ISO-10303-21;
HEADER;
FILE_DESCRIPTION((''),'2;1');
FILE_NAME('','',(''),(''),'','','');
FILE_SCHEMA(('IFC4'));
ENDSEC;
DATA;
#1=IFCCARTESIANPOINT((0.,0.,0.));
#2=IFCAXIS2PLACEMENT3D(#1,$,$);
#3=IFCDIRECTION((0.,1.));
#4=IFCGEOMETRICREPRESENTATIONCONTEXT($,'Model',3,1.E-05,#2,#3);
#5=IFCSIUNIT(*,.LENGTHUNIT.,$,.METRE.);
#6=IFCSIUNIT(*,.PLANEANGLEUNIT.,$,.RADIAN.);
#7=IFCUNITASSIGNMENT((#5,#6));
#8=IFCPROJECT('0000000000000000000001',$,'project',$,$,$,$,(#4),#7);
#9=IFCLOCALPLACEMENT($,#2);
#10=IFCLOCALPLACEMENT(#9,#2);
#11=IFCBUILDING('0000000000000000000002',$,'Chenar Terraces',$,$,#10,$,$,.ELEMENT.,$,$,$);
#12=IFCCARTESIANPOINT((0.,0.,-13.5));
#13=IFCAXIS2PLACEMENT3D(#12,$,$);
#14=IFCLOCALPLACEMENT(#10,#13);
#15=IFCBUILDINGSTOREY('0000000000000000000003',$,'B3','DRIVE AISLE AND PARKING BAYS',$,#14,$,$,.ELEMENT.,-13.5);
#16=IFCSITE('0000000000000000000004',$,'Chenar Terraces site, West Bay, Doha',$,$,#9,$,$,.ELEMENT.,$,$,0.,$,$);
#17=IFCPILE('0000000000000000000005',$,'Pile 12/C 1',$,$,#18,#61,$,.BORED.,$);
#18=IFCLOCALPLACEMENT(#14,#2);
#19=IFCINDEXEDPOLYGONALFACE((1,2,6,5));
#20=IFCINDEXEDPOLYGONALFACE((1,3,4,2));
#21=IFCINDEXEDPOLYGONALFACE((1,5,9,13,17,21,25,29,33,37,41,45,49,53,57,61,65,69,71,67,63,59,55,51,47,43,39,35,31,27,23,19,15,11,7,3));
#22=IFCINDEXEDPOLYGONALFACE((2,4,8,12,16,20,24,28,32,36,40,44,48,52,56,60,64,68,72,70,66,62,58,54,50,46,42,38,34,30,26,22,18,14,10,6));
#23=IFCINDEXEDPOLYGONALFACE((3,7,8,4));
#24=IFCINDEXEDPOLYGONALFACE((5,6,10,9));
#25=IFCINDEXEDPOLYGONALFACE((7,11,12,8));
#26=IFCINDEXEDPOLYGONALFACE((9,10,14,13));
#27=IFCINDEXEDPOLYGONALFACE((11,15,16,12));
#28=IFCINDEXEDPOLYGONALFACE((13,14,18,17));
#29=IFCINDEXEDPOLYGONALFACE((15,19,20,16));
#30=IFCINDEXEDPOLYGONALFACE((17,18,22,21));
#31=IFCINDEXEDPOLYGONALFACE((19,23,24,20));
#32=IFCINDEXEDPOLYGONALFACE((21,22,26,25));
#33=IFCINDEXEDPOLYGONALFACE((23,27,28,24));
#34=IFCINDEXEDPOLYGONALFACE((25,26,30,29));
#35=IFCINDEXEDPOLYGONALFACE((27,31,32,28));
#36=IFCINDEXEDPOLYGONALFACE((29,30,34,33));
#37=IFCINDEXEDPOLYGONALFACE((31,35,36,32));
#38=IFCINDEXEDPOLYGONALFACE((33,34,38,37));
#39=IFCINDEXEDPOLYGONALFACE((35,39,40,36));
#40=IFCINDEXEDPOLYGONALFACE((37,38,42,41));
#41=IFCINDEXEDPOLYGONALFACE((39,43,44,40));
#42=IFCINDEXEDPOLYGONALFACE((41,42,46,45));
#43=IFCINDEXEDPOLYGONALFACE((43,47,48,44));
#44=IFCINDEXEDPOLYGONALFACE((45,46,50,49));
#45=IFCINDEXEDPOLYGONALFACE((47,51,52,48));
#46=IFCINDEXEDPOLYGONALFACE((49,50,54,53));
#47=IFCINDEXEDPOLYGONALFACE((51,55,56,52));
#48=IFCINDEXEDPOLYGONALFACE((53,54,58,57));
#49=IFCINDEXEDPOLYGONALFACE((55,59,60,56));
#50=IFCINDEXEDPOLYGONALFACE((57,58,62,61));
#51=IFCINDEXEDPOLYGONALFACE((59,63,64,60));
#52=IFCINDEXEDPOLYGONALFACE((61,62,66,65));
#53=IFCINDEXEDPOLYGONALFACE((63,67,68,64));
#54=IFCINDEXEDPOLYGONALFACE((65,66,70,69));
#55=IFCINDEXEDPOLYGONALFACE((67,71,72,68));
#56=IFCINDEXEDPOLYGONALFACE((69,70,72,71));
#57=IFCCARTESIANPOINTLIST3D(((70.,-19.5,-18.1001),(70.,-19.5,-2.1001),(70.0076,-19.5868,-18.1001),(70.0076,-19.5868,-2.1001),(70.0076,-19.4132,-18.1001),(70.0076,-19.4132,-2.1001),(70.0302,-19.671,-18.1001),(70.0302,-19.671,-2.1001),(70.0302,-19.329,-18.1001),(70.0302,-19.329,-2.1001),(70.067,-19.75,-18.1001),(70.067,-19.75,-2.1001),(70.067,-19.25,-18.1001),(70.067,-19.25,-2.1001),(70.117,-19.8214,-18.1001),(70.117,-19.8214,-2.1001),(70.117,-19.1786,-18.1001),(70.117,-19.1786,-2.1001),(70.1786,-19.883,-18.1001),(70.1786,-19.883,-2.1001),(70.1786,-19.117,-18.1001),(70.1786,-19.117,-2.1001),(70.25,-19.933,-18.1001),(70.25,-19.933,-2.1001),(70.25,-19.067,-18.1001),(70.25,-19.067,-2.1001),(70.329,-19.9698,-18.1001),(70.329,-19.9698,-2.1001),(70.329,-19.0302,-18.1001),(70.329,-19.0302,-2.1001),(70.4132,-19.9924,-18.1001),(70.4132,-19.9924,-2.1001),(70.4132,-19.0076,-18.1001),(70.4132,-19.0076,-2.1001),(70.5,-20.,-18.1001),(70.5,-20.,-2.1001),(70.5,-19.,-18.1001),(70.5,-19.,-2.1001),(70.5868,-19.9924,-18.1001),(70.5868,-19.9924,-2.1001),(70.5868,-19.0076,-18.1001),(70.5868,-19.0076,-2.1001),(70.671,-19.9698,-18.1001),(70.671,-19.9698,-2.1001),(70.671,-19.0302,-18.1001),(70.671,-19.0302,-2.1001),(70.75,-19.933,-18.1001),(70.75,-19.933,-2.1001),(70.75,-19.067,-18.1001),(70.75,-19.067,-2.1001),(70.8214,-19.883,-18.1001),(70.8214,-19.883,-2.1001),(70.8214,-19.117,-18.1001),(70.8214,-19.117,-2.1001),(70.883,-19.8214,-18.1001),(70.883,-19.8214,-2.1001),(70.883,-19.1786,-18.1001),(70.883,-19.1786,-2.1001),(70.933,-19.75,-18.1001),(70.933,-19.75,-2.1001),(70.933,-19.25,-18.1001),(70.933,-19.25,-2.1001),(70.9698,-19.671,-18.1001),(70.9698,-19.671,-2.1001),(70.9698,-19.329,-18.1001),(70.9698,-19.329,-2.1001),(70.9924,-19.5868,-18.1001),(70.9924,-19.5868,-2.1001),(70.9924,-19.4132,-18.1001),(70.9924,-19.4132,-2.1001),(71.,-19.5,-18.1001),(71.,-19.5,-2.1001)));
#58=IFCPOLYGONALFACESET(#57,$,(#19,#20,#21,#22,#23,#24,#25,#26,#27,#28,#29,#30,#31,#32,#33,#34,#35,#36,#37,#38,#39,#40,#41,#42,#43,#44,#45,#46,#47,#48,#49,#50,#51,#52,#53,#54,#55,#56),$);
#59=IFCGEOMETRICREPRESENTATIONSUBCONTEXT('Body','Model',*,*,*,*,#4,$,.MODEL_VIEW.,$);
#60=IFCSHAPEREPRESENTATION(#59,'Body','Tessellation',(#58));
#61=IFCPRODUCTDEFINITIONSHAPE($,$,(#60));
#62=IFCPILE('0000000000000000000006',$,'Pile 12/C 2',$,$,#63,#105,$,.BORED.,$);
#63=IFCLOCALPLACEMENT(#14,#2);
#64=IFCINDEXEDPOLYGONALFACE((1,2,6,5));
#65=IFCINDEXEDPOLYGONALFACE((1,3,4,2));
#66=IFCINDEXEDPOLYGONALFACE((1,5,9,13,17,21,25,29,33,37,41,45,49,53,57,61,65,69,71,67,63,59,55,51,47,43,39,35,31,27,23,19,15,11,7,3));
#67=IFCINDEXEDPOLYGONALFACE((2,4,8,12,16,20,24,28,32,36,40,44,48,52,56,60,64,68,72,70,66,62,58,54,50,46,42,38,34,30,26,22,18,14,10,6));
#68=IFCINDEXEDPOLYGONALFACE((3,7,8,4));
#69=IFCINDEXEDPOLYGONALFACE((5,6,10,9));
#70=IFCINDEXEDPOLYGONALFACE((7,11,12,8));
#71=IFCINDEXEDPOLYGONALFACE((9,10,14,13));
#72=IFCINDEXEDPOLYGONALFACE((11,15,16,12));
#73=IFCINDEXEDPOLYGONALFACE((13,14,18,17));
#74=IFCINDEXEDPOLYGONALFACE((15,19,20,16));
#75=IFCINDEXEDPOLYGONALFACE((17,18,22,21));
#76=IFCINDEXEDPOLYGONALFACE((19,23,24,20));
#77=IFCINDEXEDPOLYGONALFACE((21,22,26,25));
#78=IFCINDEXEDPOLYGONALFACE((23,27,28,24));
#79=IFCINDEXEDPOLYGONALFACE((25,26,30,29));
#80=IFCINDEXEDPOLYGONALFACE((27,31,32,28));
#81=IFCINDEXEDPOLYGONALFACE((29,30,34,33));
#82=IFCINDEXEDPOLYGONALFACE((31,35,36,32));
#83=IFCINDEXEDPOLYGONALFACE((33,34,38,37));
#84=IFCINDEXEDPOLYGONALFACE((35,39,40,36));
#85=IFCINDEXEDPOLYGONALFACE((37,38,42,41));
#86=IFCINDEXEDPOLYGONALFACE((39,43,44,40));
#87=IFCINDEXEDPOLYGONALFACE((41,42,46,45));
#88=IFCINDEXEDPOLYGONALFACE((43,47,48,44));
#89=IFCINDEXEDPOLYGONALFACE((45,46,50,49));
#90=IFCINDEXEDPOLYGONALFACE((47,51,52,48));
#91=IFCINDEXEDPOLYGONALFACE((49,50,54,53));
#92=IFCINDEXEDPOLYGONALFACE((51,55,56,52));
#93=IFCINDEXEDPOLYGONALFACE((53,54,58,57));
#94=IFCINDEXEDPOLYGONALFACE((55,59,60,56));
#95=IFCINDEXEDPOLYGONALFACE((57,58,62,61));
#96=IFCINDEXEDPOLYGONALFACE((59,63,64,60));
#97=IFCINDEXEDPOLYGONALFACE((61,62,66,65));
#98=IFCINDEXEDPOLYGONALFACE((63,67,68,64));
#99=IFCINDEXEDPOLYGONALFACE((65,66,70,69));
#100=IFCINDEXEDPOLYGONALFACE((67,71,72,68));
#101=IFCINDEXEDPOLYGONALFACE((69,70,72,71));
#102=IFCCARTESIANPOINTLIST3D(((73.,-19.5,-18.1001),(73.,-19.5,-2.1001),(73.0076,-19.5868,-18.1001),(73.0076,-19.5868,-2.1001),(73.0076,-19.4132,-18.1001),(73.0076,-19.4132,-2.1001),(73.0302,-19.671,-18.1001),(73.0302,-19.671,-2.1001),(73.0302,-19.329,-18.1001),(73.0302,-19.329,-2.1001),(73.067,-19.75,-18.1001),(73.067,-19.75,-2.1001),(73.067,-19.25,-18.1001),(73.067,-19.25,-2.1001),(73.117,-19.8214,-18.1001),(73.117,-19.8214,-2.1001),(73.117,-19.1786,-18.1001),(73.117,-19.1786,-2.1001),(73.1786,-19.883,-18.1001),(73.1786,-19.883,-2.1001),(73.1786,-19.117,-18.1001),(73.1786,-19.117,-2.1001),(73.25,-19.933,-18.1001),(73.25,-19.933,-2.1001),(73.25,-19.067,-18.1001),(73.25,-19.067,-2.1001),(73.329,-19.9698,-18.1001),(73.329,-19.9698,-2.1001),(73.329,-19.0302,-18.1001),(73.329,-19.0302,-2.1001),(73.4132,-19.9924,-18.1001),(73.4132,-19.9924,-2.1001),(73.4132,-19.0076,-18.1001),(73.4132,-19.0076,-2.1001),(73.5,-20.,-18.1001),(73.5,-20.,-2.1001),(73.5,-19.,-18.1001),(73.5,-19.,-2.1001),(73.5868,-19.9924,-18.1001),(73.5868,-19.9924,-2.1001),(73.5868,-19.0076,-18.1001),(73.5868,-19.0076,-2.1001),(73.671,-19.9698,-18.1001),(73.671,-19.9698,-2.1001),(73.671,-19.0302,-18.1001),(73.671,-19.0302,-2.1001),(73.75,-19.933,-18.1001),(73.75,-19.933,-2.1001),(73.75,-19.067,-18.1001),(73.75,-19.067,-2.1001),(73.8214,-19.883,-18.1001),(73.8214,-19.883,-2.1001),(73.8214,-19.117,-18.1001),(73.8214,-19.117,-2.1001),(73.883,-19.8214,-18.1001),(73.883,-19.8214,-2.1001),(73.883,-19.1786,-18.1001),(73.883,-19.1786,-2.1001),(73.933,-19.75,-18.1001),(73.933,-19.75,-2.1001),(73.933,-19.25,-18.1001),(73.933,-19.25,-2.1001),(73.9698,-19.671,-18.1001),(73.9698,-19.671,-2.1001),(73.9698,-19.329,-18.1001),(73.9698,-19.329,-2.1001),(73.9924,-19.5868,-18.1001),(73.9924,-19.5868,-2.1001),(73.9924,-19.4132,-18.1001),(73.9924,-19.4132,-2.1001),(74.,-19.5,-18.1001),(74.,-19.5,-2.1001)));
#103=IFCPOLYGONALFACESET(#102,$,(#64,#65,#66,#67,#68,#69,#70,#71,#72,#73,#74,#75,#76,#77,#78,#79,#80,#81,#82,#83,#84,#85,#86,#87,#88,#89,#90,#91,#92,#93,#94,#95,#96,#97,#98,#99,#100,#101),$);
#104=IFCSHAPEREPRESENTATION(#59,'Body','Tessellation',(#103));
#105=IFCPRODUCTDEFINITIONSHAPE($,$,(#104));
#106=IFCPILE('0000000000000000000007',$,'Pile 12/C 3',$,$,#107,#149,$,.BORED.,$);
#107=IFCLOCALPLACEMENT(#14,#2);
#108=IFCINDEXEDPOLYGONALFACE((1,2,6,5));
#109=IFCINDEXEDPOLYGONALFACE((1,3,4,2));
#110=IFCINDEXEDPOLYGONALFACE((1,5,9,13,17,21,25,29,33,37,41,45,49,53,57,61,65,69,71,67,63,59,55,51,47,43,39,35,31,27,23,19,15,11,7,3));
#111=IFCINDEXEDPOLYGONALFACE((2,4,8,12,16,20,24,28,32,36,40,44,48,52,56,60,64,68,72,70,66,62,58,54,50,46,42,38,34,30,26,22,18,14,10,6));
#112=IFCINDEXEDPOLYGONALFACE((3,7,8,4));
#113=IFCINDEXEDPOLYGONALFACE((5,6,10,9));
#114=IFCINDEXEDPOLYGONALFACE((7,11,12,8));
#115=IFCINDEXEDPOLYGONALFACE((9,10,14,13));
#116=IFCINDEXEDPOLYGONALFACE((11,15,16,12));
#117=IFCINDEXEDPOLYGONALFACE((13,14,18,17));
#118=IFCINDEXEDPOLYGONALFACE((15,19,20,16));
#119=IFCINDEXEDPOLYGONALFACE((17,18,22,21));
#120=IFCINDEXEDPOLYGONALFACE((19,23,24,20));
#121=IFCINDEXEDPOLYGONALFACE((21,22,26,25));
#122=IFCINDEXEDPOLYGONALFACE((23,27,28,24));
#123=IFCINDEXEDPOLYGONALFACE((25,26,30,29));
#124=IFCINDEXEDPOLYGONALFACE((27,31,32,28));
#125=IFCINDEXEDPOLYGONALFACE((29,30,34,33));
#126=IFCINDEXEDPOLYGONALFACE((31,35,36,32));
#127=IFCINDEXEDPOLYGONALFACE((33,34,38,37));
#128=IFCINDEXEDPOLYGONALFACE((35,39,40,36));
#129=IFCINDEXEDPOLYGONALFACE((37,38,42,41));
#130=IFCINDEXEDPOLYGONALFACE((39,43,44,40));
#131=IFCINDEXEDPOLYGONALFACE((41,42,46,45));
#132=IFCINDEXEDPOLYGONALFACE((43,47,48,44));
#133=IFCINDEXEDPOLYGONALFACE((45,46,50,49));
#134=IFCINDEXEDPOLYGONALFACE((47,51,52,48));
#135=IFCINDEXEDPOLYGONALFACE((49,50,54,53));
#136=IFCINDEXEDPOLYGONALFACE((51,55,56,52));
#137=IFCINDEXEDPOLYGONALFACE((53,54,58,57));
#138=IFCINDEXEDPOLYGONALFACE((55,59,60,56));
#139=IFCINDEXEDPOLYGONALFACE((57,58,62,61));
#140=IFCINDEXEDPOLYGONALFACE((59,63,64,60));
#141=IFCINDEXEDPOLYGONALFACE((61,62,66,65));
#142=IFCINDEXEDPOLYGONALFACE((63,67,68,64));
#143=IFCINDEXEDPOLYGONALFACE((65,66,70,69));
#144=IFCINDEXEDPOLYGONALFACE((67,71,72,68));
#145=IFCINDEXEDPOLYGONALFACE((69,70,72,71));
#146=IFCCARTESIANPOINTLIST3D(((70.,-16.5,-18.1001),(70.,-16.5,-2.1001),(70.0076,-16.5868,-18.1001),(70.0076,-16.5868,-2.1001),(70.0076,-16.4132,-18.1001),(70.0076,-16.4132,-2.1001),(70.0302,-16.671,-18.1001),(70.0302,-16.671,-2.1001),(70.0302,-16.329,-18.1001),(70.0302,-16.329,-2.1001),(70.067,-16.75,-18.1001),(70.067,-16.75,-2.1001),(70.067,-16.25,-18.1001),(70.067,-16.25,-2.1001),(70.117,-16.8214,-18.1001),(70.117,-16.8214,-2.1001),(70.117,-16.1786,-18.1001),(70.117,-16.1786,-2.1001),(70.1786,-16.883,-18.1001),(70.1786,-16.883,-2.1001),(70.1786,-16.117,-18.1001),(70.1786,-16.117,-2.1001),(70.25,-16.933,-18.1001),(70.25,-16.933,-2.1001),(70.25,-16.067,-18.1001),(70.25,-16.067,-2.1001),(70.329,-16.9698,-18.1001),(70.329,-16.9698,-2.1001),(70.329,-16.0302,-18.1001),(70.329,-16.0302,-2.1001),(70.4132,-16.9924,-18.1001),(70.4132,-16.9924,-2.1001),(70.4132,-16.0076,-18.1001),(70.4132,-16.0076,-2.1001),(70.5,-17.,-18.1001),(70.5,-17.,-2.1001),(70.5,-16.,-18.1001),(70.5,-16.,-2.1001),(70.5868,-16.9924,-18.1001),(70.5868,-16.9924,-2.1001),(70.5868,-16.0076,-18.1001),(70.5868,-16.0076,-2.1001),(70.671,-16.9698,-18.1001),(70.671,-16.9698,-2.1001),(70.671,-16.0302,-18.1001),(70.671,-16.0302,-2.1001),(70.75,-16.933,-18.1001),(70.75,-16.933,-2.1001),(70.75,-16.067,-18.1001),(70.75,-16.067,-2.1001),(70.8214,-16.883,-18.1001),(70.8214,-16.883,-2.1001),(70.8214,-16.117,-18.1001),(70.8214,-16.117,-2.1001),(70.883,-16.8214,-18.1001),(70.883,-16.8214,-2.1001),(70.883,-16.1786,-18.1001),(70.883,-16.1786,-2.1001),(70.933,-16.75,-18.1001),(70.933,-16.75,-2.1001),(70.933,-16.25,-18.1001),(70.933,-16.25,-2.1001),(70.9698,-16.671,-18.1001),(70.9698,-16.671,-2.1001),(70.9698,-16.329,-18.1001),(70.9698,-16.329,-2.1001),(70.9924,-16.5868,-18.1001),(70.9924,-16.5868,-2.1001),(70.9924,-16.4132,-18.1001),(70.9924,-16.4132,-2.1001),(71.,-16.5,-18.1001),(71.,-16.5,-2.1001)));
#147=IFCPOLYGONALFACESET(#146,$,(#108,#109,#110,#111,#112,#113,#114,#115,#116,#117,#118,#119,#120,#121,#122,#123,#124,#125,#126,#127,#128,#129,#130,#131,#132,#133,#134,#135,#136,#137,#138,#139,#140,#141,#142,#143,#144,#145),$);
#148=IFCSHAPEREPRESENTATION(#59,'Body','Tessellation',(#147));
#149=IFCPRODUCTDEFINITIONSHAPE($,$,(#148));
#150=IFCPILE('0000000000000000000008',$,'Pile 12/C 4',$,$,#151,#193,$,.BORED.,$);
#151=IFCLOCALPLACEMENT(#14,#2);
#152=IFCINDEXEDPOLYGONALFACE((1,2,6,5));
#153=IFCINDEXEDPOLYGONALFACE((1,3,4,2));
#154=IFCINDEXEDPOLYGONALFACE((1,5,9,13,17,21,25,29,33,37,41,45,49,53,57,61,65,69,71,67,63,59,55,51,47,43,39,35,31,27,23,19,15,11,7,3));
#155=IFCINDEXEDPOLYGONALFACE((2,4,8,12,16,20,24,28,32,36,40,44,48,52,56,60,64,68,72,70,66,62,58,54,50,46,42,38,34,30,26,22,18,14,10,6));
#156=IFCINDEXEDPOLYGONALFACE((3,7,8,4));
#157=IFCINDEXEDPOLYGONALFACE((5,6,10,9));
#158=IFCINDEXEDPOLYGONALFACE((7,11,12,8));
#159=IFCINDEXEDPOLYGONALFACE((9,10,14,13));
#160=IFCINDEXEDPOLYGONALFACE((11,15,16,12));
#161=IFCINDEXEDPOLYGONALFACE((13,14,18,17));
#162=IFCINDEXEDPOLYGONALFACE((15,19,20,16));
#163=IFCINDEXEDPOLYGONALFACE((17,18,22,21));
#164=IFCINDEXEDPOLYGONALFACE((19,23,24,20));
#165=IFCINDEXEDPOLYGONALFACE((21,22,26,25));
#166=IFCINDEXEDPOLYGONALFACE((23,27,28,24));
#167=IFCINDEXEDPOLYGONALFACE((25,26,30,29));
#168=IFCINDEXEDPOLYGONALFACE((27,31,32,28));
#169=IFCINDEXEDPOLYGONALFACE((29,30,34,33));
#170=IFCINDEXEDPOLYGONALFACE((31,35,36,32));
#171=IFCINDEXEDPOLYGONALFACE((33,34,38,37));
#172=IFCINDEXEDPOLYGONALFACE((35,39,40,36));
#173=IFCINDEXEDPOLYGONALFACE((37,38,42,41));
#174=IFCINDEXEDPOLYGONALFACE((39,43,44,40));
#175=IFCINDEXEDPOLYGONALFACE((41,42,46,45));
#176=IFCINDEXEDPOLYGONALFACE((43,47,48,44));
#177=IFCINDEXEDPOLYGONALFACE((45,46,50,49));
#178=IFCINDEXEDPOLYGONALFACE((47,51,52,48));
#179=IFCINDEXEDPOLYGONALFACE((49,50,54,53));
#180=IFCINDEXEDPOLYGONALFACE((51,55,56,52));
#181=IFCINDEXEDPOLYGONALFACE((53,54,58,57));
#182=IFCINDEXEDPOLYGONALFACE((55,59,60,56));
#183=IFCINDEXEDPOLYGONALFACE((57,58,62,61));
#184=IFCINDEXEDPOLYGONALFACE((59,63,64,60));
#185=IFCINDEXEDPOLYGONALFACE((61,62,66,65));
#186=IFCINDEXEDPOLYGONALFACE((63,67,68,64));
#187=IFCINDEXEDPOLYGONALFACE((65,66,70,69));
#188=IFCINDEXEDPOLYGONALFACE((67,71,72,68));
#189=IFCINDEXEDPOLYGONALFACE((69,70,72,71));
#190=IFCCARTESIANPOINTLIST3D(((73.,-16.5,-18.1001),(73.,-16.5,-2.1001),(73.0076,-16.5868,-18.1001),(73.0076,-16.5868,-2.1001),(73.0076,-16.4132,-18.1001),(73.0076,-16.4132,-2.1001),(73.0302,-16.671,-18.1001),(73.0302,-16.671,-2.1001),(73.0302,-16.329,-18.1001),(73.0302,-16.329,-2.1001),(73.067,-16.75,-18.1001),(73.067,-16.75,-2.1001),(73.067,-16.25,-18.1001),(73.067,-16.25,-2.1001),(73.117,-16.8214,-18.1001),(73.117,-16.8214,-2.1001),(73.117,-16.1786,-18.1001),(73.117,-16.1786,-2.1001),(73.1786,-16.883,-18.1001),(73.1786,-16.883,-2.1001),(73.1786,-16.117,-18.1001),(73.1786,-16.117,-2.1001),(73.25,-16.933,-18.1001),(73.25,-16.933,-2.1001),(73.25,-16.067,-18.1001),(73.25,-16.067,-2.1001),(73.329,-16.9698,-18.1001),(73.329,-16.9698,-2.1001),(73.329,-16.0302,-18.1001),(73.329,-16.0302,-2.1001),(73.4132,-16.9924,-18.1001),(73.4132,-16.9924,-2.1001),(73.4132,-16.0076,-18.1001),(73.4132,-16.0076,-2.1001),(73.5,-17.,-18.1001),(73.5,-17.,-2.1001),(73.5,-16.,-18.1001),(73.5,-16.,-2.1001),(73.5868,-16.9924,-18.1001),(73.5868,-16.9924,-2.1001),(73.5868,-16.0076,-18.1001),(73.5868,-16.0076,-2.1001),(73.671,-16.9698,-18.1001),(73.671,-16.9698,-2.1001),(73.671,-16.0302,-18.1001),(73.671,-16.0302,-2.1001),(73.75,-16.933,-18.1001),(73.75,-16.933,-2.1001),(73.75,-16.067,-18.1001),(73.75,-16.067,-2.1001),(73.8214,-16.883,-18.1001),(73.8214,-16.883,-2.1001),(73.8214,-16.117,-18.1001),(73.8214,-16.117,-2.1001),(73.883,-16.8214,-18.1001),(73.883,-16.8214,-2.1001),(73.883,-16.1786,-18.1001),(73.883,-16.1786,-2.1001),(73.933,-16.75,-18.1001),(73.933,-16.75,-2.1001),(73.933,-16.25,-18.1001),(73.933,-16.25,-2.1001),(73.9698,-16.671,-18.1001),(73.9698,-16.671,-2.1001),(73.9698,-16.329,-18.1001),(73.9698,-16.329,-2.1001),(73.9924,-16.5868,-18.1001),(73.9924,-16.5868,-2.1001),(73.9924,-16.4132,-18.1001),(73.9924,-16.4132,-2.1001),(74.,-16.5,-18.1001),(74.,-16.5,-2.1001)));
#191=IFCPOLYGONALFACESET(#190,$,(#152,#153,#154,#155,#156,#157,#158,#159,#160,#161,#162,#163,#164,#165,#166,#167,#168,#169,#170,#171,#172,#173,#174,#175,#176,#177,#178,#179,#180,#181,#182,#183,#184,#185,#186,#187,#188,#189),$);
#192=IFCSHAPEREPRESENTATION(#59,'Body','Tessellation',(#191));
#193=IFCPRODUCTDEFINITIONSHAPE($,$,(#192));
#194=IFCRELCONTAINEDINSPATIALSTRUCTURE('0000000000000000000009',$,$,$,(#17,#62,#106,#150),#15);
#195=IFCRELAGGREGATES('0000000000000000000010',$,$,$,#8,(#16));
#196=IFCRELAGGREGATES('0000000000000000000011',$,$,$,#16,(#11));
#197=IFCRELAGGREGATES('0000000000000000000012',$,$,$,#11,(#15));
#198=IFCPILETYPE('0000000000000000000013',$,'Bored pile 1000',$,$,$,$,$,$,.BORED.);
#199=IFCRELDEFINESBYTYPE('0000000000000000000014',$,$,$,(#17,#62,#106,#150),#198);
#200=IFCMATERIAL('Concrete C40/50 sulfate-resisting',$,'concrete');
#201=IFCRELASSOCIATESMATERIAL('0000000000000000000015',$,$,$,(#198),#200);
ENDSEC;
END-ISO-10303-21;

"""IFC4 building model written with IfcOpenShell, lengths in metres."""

from ifc_helpers import new_model, si_unit, direction, frame, origin, origin_2d, place, context, subcontext, project, spatial, circle, extrude, material, material_profile, profile_set, type_object, element, save


model = new_model("IFC4")

# Units and contexts
model_context = context("Model", 3, precision=1e-05, world=origin(), true_north=direction((0.0, 1.0)))
body_context = subcontext(model_context, "Body", "Model", "MODEL_VIEW")
ifc_project = project(units=[si_unit("LENGTHUNIT", "METRE"), si_unit("PLANEANGLEUNIT", "RADIAN")], contexts=[model_context])

# Site, building, storey
site_placement = place(None, origin())
site = spatial("IfcSite", under=ifc_project, at=site_placement, Name="Chenar Terraces site, West Bay, Doha", CompositionType="ELEMENT", RefElevation=0.0)
building_placement = place(site_placement, origin())
building = spatial("IfcBuilding", under=site, at=building_placement, Name="Chenar Terraces", CompositionType="ELEMENT")
storey_placement = place(building_placement, frame((0.0, 0.0, -13.5)))
storey = spatial("IfcBuildingStorey", under=building, at=storey_placement, Name="B3", Description="DRIVE AISLE AND PARKING BAYS", CompositionType="ELEMENT", Elevation=-13.5)

# Piles
ifc_material_1 = material(Name="Concrete C40/50 sulfate-resisting", Category="concrete")
ifc_material_profile_1 = material_profile(ifc_material_1, circle(Radius=0.5, at=origin_2d()), Name="BP 1000")
ifc_profile_set_1 = profile_set([ifc_material_profile_1], Name="Concrete C40/50 sulfate-resisting")
pile_type_1 = type_object("IfcPileType", Name="Bored pile 1000", PredefinedType="BORED", material=ifc_profile_set_1)
for number, where, z_axis, x_axis, name in (
    (1, (70.5, -19.5, -2.1001), (0.0, 0.0, -1.0), (1.0, 0.0, 0.0), "Pile 12/C 1"),
    (2, (73.5, -19.5, -2.1001), (0.0, 0.0, -1.0), (1.0, 0.0, 0.0), "Pile 12/C 2"),
    (3, (70.5, -16.5, -2.1001), (0.0, 0.0, -1.0), (1.0, 0.0, 0.0), "Pile 12/C 3"),
    (4, (73.5, -16.5, -2.1001), (0.0, 0.0, -1.0), (1.0, 0.0, 0.0), "Pile 12/C 4"),
):
    element("IfcPile", number, at=place(storey_placement, frame(where, z_axis=z_axis, x_axis=x_axis)), inside=storey, type_object=pile_type_1, Name=name, PredefinedType="BORED", context=body_context, shape_type="SweptSolid", body=[
        extrude(circle(Radius=0.5, at=origin_2d()), origin(), (0.0, 0.0, 1.0), 16.0),
    ])

save(model, "model.ifc")
